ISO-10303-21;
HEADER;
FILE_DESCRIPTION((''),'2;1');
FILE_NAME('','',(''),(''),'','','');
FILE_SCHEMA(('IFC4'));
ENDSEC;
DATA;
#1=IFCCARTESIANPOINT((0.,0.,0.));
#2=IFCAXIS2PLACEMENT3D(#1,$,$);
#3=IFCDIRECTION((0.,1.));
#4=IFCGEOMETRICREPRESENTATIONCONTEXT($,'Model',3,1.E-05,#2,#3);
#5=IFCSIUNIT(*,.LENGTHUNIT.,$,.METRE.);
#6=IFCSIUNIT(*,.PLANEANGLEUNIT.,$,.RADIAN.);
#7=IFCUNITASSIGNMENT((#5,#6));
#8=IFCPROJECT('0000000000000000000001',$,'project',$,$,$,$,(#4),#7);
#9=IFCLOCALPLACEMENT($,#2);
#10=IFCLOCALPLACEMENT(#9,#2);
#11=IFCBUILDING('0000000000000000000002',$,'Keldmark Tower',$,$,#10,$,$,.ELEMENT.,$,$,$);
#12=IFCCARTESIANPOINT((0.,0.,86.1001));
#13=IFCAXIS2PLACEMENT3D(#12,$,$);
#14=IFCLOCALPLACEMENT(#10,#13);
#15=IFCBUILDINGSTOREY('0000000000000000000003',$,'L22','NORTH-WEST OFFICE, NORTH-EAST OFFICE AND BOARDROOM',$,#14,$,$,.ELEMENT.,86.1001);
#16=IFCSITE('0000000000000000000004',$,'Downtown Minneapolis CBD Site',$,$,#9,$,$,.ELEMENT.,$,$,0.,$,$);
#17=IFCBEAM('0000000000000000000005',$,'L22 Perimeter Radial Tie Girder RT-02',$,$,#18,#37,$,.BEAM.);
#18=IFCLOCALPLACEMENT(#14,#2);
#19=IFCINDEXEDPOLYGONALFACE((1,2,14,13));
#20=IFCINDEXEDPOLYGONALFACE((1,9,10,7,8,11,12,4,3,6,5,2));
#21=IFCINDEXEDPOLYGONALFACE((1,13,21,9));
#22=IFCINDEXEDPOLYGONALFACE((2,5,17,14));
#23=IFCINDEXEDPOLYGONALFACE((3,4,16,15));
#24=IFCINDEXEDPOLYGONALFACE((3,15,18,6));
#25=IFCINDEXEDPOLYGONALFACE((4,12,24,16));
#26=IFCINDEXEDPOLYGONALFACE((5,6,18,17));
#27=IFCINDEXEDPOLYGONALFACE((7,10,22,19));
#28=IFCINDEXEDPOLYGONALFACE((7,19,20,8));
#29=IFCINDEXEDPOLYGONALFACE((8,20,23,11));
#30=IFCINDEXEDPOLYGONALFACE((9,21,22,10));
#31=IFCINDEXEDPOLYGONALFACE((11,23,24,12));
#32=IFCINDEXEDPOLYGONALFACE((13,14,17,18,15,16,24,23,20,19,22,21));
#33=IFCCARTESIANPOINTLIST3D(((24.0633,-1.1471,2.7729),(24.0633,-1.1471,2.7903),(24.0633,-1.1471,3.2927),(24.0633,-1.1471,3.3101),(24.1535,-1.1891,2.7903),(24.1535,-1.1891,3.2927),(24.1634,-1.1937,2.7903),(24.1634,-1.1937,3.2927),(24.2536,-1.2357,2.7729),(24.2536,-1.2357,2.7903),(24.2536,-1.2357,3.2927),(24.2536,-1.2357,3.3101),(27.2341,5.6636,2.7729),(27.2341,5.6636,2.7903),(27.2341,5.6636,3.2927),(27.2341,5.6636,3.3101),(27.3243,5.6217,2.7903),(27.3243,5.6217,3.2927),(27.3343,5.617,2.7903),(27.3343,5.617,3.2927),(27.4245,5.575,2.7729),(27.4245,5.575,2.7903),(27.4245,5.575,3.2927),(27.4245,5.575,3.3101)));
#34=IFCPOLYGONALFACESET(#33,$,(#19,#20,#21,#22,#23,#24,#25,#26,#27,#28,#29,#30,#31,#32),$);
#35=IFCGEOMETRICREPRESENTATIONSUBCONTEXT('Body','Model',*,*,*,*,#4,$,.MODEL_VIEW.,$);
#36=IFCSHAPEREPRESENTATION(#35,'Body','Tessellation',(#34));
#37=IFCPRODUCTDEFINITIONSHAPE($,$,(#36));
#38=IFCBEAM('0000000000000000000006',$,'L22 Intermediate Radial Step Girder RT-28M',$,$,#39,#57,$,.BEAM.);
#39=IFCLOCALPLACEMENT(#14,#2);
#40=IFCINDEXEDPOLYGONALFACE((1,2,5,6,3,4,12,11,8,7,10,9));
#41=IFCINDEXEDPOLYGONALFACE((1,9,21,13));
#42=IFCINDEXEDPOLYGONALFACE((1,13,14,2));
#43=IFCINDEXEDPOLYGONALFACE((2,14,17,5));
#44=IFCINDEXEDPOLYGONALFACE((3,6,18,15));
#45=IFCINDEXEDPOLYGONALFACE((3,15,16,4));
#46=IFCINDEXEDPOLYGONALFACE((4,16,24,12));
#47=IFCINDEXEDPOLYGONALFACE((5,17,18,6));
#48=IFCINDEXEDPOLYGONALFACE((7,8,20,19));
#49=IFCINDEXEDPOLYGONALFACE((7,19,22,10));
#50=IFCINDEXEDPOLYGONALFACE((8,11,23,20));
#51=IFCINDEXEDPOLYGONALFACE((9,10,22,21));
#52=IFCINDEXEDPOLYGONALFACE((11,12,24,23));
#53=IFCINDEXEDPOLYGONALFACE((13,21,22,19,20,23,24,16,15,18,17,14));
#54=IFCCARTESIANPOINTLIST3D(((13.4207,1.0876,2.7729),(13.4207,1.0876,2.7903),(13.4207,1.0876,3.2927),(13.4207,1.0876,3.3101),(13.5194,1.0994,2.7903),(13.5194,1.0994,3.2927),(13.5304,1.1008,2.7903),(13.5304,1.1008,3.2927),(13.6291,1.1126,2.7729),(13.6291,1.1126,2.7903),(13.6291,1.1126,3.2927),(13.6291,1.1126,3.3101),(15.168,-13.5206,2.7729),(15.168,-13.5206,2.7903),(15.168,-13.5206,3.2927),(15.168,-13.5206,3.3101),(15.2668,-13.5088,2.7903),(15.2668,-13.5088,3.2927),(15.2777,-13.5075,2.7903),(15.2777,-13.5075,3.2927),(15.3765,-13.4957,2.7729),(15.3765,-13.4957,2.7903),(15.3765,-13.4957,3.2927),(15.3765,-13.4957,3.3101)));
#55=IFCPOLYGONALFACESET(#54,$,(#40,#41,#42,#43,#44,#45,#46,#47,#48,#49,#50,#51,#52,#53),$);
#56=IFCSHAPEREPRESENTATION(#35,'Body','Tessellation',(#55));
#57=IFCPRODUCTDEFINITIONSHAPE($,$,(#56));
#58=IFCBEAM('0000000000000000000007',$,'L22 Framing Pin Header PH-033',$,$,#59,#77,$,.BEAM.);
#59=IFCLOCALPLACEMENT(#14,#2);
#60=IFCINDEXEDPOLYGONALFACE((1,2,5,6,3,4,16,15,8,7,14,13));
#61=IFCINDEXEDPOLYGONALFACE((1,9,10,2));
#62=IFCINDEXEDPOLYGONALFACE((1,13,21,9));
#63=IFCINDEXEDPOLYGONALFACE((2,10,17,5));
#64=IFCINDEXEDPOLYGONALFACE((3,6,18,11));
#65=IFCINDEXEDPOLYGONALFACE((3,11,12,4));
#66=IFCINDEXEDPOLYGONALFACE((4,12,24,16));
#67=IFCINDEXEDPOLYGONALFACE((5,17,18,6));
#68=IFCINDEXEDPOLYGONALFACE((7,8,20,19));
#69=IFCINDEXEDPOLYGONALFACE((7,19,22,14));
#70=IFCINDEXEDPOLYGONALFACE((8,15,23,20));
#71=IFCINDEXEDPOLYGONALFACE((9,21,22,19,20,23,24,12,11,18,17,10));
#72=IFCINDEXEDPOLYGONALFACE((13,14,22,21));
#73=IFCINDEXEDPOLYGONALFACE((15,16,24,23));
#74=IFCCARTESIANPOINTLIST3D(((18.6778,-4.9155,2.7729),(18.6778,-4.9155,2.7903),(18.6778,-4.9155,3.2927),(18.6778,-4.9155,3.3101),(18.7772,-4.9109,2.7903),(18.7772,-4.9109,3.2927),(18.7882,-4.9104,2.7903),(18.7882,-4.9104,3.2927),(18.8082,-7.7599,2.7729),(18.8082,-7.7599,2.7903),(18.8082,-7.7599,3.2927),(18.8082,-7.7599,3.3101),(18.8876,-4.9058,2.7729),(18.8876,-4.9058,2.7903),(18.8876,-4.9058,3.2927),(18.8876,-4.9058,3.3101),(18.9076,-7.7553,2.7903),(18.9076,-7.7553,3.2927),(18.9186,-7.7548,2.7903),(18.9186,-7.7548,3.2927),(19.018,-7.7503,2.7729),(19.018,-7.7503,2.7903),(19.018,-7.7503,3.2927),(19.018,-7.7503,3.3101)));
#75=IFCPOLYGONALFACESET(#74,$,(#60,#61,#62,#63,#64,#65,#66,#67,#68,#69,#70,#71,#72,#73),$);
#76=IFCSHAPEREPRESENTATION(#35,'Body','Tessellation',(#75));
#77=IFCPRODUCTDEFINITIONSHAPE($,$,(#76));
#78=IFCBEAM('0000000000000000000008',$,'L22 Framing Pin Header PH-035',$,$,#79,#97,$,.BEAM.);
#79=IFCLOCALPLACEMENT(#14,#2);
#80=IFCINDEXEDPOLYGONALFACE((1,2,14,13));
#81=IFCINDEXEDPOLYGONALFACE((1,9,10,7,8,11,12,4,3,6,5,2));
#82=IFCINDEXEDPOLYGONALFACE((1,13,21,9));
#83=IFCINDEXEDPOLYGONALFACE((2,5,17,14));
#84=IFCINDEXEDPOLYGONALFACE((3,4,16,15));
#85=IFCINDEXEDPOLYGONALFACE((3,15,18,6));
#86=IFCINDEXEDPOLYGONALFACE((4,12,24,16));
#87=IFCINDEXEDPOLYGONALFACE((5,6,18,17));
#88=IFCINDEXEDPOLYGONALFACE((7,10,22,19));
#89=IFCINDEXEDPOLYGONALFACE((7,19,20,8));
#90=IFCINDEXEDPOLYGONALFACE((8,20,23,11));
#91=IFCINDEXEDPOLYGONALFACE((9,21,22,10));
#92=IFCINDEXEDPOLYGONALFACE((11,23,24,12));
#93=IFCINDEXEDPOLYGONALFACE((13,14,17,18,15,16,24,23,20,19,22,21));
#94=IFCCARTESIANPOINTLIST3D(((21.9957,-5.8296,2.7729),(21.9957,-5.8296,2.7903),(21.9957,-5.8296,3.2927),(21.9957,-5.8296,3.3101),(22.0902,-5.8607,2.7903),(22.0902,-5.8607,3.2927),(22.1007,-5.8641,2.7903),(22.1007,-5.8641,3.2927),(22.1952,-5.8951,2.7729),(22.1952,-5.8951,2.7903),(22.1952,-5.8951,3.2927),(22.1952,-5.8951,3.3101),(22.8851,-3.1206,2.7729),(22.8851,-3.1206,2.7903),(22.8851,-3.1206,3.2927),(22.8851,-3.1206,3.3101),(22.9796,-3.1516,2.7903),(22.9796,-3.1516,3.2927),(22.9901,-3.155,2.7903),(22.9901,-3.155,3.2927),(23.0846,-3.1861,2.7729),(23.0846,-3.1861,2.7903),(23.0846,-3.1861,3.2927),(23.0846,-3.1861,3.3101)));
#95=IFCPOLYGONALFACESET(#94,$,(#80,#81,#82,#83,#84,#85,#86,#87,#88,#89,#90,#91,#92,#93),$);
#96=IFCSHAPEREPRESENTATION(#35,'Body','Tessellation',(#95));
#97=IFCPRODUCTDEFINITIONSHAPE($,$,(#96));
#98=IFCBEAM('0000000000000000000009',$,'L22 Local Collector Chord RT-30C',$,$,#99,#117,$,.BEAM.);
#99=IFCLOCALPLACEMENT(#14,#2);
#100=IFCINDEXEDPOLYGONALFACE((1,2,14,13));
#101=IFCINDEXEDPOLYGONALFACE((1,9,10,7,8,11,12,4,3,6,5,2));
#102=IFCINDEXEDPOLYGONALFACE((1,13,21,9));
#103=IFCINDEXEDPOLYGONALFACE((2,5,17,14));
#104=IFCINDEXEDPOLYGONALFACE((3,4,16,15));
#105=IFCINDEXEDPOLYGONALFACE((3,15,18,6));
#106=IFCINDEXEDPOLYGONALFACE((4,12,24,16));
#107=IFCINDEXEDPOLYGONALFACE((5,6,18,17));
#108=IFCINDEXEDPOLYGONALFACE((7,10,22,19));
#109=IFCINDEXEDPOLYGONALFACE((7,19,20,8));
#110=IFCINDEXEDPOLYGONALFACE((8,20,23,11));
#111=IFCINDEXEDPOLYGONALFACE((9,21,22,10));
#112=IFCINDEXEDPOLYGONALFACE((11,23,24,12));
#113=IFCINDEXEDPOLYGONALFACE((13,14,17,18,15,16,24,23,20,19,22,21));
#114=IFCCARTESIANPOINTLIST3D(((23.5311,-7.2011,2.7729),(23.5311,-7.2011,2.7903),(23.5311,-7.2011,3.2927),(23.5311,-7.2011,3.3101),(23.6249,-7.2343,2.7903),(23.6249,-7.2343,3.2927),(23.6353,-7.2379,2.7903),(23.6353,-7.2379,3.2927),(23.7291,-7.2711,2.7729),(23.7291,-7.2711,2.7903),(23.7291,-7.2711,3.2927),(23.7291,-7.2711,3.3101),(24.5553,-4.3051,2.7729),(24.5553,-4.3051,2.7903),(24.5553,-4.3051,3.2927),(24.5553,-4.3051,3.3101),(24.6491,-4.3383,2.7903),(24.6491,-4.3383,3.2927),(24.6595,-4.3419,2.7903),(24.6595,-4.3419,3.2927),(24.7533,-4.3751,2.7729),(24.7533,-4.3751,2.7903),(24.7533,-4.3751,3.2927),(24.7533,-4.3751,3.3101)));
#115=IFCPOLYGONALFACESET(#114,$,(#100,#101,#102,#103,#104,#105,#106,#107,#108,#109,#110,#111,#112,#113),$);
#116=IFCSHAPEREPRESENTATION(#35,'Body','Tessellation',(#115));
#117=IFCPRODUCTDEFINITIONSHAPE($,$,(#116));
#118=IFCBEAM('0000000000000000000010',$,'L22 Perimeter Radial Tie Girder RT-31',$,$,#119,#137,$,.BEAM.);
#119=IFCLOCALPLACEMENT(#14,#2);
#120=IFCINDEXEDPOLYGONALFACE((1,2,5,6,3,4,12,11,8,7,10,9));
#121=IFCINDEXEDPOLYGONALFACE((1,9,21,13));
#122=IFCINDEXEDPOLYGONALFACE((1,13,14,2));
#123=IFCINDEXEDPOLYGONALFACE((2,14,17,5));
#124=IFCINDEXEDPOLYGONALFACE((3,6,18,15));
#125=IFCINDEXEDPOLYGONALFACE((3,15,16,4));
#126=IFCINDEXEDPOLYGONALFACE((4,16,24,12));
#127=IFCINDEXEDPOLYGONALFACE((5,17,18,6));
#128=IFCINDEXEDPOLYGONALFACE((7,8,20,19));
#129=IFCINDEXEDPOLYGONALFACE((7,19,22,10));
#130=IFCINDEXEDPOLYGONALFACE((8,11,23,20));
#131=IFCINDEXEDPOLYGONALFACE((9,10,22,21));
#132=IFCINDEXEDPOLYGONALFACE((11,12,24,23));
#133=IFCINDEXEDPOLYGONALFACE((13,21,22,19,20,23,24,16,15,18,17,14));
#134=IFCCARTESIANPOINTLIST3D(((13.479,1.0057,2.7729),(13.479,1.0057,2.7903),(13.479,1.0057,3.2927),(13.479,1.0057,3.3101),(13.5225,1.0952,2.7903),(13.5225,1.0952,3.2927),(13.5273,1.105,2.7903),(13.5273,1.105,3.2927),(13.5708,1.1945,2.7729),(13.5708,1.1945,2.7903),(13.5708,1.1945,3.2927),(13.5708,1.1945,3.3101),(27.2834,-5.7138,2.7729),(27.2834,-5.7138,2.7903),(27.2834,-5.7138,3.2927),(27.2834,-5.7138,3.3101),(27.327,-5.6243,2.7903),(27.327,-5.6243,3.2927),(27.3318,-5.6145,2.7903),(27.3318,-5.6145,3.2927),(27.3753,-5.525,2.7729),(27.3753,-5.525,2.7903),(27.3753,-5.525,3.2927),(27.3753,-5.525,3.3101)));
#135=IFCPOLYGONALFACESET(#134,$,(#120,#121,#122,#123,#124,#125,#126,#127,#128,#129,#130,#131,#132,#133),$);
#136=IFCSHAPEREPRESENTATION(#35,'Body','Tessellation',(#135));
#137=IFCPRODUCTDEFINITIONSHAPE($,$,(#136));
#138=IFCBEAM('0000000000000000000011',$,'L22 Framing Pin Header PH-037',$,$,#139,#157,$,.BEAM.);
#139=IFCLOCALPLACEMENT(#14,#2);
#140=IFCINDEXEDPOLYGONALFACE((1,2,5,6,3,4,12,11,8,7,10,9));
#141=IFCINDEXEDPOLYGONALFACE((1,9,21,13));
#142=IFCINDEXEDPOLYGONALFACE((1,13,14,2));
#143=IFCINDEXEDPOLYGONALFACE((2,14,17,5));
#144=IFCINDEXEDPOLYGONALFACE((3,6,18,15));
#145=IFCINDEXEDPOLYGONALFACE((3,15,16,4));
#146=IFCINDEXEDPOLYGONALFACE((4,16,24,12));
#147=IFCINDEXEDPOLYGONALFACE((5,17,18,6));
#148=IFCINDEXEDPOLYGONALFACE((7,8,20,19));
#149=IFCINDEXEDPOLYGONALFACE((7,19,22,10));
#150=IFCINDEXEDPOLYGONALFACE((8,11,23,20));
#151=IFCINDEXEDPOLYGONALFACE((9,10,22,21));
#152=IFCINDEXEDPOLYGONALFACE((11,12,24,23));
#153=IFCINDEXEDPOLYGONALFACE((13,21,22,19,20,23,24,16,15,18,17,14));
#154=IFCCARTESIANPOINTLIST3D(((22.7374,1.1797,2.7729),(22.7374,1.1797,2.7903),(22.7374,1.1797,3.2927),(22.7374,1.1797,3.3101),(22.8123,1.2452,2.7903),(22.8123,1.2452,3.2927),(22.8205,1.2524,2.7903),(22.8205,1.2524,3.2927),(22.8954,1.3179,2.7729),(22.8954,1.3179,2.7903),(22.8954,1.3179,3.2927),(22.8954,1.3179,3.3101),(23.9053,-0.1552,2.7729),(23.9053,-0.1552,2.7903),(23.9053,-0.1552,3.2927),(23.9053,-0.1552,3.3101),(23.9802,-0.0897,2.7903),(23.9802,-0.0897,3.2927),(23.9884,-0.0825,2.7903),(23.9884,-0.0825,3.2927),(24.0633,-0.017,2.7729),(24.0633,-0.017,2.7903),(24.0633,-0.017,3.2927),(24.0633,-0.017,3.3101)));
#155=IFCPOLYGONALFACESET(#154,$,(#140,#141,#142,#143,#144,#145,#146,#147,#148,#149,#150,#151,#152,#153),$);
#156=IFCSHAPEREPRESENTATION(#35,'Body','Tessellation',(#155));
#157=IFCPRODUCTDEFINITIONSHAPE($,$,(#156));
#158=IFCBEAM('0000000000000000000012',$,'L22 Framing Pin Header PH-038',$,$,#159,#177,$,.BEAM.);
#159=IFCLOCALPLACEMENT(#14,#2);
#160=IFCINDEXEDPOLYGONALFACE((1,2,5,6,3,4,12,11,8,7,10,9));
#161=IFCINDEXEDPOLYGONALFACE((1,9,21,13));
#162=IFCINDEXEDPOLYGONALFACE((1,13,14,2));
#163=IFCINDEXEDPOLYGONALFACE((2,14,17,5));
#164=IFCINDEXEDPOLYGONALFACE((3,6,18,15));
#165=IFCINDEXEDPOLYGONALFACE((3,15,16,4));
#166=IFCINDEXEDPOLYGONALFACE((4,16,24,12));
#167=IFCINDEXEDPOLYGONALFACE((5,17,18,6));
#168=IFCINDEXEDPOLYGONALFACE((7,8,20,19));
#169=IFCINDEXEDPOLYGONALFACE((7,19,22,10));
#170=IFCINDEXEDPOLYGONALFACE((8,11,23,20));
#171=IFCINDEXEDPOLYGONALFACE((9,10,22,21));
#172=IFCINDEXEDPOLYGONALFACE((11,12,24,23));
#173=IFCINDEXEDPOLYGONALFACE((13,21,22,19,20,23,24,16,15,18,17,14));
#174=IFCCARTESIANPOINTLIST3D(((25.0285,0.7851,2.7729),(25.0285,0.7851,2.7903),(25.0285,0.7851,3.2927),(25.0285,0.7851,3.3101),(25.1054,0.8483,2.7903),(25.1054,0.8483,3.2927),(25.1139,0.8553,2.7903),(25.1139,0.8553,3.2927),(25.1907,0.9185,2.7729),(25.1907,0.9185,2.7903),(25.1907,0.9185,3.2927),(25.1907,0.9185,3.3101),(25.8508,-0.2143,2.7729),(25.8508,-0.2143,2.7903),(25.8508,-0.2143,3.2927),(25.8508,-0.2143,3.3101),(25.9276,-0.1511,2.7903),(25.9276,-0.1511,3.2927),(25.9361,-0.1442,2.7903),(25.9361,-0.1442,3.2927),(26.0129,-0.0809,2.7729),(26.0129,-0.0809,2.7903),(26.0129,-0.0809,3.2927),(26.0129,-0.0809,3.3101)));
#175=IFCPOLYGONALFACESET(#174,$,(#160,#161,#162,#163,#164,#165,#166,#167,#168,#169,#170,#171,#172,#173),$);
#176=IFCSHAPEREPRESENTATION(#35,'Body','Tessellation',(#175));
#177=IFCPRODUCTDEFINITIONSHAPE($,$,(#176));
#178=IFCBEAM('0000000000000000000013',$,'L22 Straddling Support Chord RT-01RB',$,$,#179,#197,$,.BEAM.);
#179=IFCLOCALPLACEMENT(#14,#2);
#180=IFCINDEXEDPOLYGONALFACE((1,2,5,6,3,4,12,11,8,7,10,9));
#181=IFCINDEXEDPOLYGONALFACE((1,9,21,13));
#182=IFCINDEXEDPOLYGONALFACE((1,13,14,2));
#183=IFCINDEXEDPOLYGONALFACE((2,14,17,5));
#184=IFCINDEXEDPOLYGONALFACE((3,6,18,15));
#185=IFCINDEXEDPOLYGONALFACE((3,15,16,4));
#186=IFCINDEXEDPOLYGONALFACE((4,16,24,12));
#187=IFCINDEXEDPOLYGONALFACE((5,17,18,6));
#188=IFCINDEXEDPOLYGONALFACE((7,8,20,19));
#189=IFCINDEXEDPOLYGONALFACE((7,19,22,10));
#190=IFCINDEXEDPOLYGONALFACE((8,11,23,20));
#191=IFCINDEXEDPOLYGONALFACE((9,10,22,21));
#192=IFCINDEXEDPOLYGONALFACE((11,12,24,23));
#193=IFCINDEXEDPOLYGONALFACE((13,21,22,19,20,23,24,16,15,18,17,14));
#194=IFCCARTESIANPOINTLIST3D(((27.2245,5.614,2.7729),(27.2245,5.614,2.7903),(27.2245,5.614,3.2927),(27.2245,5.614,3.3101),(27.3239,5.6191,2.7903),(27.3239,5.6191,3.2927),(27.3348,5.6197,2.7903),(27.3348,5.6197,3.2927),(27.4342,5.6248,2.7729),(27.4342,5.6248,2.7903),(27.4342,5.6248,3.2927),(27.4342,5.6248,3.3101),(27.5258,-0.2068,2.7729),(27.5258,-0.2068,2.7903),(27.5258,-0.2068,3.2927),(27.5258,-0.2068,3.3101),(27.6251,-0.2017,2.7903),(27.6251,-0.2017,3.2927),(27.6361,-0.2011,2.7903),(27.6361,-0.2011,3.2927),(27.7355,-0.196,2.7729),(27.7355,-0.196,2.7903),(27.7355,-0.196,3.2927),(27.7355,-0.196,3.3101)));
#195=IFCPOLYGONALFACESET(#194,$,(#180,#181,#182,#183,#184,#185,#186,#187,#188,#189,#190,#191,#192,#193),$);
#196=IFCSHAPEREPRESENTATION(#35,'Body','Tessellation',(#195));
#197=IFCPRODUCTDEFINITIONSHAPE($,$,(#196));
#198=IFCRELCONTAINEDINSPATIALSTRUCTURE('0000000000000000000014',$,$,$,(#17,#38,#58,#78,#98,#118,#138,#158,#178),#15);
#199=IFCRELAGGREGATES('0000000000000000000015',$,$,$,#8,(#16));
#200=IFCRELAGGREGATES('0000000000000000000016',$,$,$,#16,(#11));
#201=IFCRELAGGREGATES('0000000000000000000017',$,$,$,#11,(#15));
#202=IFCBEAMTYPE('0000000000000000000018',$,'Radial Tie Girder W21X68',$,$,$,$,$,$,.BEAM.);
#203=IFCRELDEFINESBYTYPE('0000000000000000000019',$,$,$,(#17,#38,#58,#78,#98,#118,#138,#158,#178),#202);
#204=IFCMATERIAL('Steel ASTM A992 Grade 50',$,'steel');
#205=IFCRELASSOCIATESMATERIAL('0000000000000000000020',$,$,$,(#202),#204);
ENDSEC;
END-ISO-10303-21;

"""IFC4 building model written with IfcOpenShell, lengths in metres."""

from ifc_helpers import new_model, si_unit, direction, frame, origin, origin_2d, place, context, subcontext, project, spatial, i_section, extrude, material, material_profile, profile_set, type_object, element, save


model = new_model("IFC4")

# Units and contexts
model_context = context("Model", 3, precision=1e-05, world=origin(), true_north=direction((0.0, 1.0)))
body_context = subcontext(model_context, "Body", "Model", "MODEL_VIEW")
ifc_project = project(units=[si_unit("LENGTHUNIT", "METRE"), si_unit("PLANEANGLEUNIT", "RADIAN")], contexts=[model_context])

# Site, building, storey
site_placement = place(None, origin())
site = spatial("IfcSite", under=ifc_project, at=site_placement, Name="Downtown Minneapolis CBD Site", CompositionType="ELEMENT", RefElevation=0.0)
building_placement = place(site_placement, origin())
building = spatial("IfcBuilding", under=site, at=building_placement, Name="Keldmark Tower", CompositionType="ELEMENT")
storey_placement = place(building_placement, frame((0.0, 0.0, 86.1001)))
storey = spatial("IfcBuildingStorey", under=building, at=storey_placement, Name="L22", Description="NORTH-WEST OFFICE, NORTH-EAST OFFICE AND BOARDROOM", CompositionType="ELEMENT", Elevation=86.1001)

# Beams
ifc_material_1 = material(Name="Steel ASTM A992 Grade 50", Category="steel")
ifc_material_profile_1 = material_profile(ifc_material_1, i_section(OverallWidth=0.21, OverallDepth=0.5371, WebThickness=0.011, FlangeThickness=0.0173, at=origin_2d()), Name="W21X68")
ifc_profile_set_1 = profile_set([ifc_material_profile_1], Name="Steel ASTM A992 Grade 50")
beam_type_1 = type_object("IfcBeamType", Name="Radial Tie Girder W21X68", PredefinedType="BEAM", material=ifc_profile_set_1)
beam_1_placement = place(storey_placement, frame((24.1584, -1.1914, 3.0415), z_axis=(0.422069, 0.906564, 0.0), x_axis=(-0.906564, 0.422069, 0.0)))
element("IfcBeam", 1, at=beam_1_placement, inside=storey, type_object=beam_type_1, Name="L22 Perimeter Radial Tie Girder RT-02", PredefinedType="BEAM", context=body_context, shape_type="SweptSolid", body=[
    extrude(i_section(OverallWidth=0.21, OverallDepth=0.5371, WebThickness=0.011, FlangeThickness=0.0173, at=origin_2d()), origin(), (0.0, 0.0, 1.0), 7.5127),
])
beam_2_placement = place(storey_placement, frame((13.5249, 1.1001, 3.0415), z_axis=(0.118766, -0.992922, 0.0), x_axis=(0.992922, 0.118766, 0.0)))
element("IfcBeam", 2, at=beam_2_placement, inside=storey, type_object=beam_type_1, Name="L22 Intermediate Radial Step Girder RT-28M", PredefinedType="BEAM", context=body_context, shape_type="SweptSolid", body=[
    extrude(i_section(OverallWidth=0.21, OverallDepth=0.5371, WebThickness=0.011, FlangeThickness=0.0173, at=origin_2d()), origin(), (0.0, 0.0, 1.0), 14.7124),
])
beam_3_placement = place(storey_placement, frame((18.7827, -4.9106, 3.0415), z_axis=(0.045785, -0.998951, 0.0), x_axis=(0.998951, 0.045785, 0.0)))
element("IfcBeam", 3, at=beam_3_placement, inside=storey, type_object=beam_type_1, Name="L22 Framing Pin Header PH-033", PredefinedType="BEAM", context=body_context, shape_type="SweptSolid", body=[
    extrude(i_section(OverallWidth=0.21, OverallDepth=0.5371, WebThickness=0.011, FlangeThickness=0.0173, at=origin_2d()), origin(), (0.0, 0.0, 1.0), 2.8474),
])
beam_4_placement = place(storey_placement, frame((22.9849, -3.1533, 3.0415), z_axis=(-0.311935, -0.950104, 0.0), x_axis=(0.950104, -0.311935, 0.0)))
element("IfcBeam", 4, at=beam_4_placement, inside=storey, type_object=beam_type_1, Name="L22 Framing Pin Header PH-035", PredefinedType="BEAM", context=body_context, shape_type="SweptSolid", body=[
    extrude(i_section(OverallWidth=0.21, OverallDepth=0.5371, WebThickness=0.011, FlangeThickness=0.0173, at=origin_2d()), origin(), (0.0, 0.0, 1.0), 2.8513),
])
beam_5_placement = place(storey_placement, frame((24.6543, -4.3401, 3.0415), z_axis=(-0.333415, -0.94278, 0.0), x_axis=(0.94278, -0.333415, 0.0)))
element("IfcBeam", 5, at=beam_5_placement, inside=storey, type_object=beam_type_1, Name="L22 Local Collector Chord RT-30C", PredefinedType="BEAM", context=body_context, shape_type="SweptSolid", body=[
    extrude(i_section(OverallWidth=0.21, OverallDepth=0.5371, WebThickness=0.011, FlangeThickness=0.0173, at=origin_2d()), origin(), (0.0, 0.0, 1.0), 3.0718),
])
beam_6_placement = place(storey_placement, frame((13.5249, 1.1001, 3.0415), z_axis=(0.899138, -0.437666, 0.0), x_axis=(0.437666, 0.899138, 0.0)))
element("IfcBeam", 6, at=beam_6_placement, inside=storey, type_object=beam_type_1, Name="L22 Perimeter Radial Tie Girder RT-31", PredefinedType="BEAM", context=body_context, shape_type="SweptSolid", body=[
    extrude(i_section(OverallWidth=0.21, OverallDepth=0.5371, WebThickness=0.011, FlangeThickness=0.0173, at=origin_2d()), origin(), (0.0, 0.0, 1.0), 15.353),
])
beam_7_placement = place(storey_placement, frame((22.8164, 1.2488, 3.0415), z_axis=(0.658466, -0.752611, 0.0), x_axis=(0.752611, 0.658466, 0.0)))
element("IfcBeam", 7, at=beam_7_placement, inside=storey, type_object=beam_type_1, Name="L22 Framing Pin Header PH-037", PredefinedType="BEAM", context=body_context, shape_type="SweptSolid", body=[
    extrude(i_section(OverallWidth=0.21, OverallDepth=0.5371, WebThickness=0.011, FlangeThickness=0.0173, at=origin_2d()), origin(), (0.0, 0.0, 1.0), 1.7737),
])
beam_8_placement = place(storey_placement, frame((25.1096, 0.8518, 3.0415), z_axis=(0.63531, -0.772257, 0.0), x_axis=(0.772257, 0.63531, 0.0)))
element("IfcBeam", 8, at=beam_8_placement, inside=storey, type_object=beam_type_1, Name="L22 Framing Pin Header PH-038", PredefinedType="BEAM", context=body_context, shape_type="SweptSolid", body=[
    extrude(i_section(OverallWidth=0.21, OverallDepth=0.5371, WebThickness=0.011, FlangeThickness=0.0173, at=origin_2d()), origin(), (0.0, 0.0, 1.0), 1.2942),
])
beam_9_placement = place(storey_placement, frame((27.6306, -0.2014, 3.0415), z_axis=(-0.051688, 0.998663, 0.0), x_axis=(-0.998663, -0.051688, 0.0)))
element("IfcBeam", 9, at=beam_9_placement, inside=storey, type_object=beam_type_1, Name="L22 Straddling Support Chord RT-01RB", PredefinedType="BEAM", context=body_context, shape_type="SweptSolid", body=[
    extrude(i_section(OverallWidth=0.21, OverallDepth=0.5371, WebThickness=0.011, FlangeThickness=0.0173, at=origin_2d()), origin(), (0.0, 0.0, 1.0), 5.8286),
])

save(model, "model.ifc")
